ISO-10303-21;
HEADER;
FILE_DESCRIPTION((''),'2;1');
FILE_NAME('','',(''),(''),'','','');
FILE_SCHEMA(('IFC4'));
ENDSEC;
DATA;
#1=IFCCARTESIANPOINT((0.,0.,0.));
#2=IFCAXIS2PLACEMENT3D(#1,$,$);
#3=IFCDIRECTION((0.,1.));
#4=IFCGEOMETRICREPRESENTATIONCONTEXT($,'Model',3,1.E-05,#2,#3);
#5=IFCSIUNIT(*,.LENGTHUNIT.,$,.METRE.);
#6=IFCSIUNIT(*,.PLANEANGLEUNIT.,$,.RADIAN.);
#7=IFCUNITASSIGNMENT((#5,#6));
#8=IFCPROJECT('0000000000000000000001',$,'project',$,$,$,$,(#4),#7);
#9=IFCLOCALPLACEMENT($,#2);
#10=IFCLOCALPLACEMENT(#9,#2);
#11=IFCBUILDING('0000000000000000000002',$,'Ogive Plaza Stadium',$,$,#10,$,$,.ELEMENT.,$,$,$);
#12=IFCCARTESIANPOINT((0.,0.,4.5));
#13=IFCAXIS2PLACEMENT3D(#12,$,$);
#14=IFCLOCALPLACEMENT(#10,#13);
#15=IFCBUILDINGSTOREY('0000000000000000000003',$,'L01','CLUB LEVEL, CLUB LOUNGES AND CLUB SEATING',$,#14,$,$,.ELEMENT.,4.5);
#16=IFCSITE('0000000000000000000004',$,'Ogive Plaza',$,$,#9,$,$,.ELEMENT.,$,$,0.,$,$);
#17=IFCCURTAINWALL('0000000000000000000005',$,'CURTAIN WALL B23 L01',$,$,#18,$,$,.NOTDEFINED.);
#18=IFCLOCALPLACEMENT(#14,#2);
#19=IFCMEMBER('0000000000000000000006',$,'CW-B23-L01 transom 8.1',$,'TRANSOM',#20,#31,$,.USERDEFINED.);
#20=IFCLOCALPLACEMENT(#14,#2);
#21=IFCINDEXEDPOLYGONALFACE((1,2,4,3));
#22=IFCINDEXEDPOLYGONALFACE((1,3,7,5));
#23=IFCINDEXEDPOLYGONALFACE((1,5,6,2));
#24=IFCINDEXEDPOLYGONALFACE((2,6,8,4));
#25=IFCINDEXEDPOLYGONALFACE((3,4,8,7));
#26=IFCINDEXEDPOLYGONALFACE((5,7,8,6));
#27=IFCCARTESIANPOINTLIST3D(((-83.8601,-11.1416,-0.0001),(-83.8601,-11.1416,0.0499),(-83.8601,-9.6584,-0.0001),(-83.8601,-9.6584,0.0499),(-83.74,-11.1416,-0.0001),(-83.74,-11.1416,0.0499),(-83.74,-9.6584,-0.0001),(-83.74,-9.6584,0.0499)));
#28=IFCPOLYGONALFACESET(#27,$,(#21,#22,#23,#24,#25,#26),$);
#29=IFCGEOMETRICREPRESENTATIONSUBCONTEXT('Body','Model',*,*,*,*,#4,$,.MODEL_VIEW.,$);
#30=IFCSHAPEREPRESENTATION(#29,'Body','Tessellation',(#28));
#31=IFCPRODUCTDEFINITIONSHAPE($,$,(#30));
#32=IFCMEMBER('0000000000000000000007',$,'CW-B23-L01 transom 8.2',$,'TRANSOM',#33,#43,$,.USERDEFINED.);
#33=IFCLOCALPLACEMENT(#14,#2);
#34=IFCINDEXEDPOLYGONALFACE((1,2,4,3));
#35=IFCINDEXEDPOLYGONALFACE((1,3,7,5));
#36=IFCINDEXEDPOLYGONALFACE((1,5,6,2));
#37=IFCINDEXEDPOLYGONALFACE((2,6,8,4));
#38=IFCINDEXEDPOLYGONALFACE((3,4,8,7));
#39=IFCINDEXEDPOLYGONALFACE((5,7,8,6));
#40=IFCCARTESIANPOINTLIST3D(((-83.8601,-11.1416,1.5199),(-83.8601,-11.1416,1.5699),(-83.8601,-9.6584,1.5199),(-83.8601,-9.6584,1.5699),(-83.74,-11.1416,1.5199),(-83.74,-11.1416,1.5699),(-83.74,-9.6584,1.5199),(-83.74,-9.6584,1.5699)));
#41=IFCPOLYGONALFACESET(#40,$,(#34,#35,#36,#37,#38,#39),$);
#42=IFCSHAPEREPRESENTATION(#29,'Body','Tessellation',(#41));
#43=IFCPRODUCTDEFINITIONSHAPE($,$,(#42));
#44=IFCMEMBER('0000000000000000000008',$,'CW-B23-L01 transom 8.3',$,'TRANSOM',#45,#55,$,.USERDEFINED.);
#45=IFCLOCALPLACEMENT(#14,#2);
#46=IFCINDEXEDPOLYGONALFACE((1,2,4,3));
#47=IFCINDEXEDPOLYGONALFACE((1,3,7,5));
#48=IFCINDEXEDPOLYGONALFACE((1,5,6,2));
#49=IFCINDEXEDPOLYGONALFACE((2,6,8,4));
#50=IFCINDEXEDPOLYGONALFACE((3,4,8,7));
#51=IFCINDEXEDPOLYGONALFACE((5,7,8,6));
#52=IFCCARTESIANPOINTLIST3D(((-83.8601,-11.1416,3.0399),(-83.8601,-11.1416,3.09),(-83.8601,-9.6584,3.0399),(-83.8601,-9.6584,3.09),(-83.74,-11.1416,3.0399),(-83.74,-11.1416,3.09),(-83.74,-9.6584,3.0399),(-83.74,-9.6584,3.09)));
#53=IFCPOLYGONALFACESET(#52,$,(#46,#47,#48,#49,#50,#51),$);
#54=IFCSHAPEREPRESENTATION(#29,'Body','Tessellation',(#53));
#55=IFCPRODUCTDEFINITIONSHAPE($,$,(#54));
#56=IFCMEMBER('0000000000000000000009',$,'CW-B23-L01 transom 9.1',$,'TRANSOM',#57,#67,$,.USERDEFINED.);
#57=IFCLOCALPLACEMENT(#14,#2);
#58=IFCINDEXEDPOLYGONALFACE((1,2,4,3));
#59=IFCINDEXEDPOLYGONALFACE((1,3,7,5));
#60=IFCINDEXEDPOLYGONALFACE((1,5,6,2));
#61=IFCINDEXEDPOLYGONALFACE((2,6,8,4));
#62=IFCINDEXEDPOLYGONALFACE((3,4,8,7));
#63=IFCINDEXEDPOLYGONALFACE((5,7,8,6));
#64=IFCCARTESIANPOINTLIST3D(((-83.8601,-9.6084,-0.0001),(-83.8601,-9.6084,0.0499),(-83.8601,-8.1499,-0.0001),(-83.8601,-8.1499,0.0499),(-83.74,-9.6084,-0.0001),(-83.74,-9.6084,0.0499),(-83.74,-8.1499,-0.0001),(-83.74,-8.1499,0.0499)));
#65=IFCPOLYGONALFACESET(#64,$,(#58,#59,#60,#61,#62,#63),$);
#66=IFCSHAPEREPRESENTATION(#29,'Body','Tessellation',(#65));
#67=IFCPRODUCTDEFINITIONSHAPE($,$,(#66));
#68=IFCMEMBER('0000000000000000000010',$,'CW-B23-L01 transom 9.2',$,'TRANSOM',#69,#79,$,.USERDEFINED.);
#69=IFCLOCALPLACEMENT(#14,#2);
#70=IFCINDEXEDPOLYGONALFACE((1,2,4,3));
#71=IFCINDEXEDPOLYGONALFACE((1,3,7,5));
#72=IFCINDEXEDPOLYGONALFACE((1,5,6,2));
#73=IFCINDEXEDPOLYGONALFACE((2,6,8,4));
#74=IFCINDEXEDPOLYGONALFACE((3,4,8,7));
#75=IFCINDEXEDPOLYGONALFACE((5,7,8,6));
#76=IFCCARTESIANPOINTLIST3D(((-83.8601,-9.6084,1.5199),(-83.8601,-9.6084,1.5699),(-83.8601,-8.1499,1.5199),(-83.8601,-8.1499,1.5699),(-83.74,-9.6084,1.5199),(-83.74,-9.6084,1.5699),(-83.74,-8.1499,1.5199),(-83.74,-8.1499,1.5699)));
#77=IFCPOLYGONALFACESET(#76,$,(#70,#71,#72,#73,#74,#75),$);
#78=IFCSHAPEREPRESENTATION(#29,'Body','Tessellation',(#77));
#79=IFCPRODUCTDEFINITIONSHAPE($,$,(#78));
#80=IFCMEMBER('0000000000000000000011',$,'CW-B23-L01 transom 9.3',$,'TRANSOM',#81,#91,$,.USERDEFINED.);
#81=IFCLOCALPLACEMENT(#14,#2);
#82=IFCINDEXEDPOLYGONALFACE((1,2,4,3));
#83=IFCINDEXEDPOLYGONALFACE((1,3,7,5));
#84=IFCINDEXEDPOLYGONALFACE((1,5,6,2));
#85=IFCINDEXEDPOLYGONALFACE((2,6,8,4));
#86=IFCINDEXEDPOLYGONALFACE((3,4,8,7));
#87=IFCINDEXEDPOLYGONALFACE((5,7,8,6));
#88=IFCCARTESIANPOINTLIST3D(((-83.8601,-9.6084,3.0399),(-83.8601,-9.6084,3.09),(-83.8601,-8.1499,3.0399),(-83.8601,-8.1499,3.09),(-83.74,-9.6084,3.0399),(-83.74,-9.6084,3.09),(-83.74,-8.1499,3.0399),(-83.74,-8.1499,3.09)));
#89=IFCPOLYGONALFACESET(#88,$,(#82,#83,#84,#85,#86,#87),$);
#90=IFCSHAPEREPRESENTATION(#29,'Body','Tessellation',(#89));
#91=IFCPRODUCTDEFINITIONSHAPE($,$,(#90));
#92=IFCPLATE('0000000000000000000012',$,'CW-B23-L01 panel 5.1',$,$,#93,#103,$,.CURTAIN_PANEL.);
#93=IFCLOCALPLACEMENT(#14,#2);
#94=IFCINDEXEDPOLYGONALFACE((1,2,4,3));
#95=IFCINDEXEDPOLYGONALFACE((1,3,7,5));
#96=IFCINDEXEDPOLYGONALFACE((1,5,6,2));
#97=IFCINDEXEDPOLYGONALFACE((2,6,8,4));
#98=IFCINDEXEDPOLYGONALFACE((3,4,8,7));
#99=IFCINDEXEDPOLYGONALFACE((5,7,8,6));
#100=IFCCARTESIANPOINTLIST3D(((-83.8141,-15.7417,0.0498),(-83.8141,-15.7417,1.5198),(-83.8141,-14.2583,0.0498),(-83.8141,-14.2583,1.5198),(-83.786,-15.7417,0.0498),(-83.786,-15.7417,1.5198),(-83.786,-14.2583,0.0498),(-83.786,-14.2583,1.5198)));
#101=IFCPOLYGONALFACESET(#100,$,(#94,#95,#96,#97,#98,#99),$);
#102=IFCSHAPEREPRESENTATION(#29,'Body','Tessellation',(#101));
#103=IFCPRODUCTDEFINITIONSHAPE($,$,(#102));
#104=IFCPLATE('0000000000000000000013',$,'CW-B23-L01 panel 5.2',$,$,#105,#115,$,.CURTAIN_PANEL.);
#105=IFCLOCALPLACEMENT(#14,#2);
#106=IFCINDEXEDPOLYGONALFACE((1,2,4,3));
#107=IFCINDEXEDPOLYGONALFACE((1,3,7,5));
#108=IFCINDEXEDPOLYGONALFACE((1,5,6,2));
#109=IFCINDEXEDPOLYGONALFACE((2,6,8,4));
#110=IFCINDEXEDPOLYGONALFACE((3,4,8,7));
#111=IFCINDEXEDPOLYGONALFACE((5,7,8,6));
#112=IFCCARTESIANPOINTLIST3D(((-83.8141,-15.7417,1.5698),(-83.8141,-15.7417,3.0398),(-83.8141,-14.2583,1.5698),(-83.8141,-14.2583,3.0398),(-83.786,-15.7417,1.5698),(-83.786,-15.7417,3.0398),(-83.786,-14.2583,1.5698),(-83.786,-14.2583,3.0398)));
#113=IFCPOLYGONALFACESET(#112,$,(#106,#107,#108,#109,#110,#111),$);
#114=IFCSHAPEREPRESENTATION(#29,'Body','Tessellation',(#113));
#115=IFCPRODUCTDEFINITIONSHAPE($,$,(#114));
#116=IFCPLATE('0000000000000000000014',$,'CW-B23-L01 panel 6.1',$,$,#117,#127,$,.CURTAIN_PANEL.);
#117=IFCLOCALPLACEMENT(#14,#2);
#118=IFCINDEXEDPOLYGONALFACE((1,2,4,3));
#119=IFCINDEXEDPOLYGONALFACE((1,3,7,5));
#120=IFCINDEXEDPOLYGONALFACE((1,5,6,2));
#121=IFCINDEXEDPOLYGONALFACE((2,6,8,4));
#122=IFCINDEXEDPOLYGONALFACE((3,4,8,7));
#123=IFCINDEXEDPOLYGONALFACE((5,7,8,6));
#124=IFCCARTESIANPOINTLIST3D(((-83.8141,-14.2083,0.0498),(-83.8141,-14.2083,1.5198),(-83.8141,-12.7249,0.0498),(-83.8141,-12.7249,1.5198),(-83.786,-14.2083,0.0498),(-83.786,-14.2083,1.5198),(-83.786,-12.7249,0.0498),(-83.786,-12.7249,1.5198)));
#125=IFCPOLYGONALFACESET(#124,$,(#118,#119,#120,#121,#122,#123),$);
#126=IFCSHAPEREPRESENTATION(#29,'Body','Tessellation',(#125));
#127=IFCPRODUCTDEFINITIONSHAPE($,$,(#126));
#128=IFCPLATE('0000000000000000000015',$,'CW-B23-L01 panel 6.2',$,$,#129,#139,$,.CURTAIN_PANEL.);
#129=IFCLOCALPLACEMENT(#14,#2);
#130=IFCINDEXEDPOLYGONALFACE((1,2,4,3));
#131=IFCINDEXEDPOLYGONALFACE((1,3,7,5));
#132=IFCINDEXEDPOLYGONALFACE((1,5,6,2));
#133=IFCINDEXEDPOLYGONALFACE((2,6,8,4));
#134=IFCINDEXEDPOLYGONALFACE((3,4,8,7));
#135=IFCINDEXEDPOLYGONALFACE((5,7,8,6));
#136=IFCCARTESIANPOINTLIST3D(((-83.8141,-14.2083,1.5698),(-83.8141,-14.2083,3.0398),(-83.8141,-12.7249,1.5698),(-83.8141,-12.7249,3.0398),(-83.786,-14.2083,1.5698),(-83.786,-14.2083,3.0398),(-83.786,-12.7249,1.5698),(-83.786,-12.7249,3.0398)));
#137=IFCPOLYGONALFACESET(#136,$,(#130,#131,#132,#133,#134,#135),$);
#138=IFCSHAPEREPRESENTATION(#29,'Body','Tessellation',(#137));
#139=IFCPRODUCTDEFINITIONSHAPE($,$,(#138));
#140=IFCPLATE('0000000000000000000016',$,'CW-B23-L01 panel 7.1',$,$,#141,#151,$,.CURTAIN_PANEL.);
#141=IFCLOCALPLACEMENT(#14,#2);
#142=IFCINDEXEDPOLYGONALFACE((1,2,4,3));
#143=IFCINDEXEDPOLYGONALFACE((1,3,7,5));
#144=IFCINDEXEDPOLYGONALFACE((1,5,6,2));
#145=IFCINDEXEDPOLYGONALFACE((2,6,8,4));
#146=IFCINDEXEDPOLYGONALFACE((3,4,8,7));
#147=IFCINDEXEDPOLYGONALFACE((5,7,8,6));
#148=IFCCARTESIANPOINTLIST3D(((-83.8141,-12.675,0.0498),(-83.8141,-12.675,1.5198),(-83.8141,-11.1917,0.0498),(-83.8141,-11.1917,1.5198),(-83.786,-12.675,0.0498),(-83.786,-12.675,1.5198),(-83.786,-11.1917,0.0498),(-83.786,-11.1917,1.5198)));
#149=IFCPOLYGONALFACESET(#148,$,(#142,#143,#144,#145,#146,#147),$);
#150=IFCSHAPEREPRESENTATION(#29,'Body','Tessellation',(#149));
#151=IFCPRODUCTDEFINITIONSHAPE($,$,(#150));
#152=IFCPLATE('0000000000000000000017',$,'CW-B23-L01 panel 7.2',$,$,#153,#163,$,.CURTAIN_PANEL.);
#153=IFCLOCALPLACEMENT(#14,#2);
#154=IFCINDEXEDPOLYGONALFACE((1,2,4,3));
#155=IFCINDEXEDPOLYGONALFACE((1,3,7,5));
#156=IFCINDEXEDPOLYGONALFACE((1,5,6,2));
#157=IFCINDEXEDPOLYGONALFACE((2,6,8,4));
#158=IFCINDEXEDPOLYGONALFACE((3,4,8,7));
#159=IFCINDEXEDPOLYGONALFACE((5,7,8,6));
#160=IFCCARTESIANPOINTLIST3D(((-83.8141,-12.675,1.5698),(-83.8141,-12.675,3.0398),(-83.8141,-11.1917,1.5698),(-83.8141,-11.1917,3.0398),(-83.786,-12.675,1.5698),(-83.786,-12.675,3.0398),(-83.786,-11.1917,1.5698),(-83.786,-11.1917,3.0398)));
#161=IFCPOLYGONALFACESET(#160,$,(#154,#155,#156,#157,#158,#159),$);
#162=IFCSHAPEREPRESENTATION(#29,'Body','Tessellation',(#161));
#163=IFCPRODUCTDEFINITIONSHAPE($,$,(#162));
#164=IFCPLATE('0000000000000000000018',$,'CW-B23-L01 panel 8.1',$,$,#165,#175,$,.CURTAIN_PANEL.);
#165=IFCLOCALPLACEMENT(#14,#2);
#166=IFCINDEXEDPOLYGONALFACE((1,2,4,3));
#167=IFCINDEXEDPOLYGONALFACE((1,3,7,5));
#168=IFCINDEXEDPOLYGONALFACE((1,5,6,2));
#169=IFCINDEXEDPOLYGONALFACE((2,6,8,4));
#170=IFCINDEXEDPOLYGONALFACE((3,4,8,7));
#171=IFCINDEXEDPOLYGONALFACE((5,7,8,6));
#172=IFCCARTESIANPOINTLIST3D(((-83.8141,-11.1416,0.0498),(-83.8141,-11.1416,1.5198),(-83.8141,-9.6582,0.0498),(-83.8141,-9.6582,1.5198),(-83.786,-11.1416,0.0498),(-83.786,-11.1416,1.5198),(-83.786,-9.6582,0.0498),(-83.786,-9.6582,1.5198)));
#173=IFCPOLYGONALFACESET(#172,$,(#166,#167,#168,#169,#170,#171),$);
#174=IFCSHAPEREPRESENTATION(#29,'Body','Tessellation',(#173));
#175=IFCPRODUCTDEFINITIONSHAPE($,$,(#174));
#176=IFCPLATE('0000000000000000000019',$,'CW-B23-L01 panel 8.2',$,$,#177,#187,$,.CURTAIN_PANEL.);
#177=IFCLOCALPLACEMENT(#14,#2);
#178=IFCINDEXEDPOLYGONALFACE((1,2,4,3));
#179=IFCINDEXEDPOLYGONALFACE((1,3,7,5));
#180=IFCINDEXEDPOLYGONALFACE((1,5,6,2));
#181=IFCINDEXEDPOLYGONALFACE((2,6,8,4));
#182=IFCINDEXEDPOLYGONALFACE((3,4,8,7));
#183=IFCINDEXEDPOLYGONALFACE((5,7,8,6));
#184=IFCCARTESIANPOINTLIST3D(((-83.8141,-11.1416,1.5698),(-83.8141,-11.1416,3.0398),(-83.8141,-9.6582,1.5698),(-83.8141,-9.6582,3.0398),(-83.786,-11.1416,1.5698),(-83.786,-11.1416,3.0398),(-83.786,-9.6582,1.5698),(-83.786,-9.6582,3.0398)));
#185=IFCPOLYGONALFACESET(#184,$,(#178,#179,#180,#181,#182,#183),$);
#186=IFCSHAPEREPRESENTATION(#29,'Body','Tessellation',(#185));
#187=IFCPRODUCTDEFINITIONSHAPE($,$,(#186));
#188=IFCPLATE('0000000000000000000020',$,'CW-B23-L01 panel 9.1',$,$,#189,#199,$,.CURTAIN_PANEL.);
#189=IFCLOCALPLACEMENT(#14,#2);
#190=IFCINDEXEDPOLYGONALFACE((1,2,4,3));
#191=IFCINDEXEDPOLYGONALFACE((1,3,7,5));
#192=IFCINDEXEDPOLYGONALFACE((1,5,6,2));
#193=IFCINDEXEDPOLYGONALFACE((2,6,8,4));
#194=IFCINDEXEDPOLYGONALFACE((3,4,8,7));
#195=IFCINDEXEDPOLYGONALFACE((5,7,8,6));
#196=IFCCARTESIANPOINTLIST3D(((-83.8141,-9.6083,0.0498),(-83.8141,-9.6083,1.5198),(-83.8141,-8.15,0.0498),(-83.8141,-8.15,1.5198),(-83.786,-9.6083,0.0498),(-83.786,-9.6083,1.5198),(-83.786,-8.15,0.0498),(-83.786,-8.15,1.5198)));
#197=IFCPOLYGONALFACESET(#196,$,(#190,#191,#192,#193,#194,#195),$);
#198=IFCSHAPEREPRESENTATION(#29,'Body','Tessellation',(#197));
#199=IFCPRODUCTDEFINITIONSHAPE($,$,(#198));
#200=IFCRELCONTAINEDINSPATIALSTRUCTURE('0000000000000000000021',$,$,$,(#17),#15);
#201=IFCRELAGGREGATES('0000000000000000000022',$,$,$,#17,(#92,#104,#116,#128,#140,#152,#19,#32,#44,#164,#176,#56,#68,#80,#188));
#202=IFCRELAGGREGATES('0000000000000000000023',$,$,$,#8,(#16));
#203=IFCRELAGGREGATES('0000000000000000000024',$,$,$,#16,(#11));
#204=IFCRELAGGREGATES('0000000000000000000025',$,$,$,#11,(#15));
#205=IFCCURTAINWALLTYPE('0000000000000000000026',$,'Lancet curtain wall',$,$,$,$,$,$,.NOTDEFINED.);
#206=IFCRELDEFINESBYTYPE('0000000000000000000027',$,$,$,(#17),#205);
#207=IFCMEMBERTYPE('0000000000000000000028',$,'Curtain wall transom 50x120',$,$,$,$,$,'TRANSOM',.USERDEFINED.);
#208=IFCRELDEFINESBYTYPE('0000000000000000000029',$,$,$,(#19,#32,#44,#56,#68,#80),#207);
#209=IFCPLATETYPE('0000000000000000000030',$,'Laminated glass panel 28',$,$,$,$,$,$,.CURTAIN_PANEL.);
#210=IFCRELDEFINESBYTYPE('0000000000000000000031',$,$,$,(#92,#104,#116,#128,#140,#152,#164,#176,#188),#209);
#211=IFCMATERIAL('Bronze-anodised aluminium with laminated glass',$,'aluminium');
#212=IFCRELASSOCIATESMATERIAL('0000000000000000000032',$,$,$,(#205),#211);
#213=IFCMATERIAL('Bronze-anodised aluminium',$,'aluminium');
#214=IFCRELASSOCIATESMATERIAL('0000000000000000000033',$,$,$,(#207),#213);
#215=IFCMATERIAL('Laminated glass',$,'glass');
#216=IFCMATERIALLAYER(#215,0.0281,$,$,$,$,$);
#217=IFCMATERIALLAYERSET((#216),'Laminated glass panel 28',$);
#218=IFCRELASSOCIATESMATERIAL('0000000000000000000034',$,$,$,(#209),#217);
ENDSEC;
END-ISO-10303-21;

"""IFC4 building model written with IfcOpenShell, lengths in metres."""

from ifc_helpers import new_model, si_unit, direction, frame, origin, origin_2d, place, context, subcontext, project, spatial, rectangle, extrude, material, layer, layer_set, material_profile, profile_set, type_object, element, aggregate, save


model = new_model("IFC4")

# Units and contexts
model_context = context("Model", 3, precision=1e-05, world=origin(), true_north=direction((0.0, 1.0)))
body_context = subcontext(model_context, "Body", "Model", "MODEL_VIEW")
ifc_project = project(units=[si_unit("LENGTHUNIT", "METRE"), si_unit("PLANEANGLEUNIT", "RADIAN")], contexts=[model_context])

# Site, building, storey
site_placement = place(None, origin())
site = spatial("IfcSite", under=ifc_project, at=site_placement, Name="Ogive Plaza", CompositionType="ELEMENT", RefElevation=0.0)
building_placement = place(site_placement, origin())
building = spatial("IfcBuilding", under=site, at=building_placement, Name="Ogive Plaza Stadium", CompositionType="ELEMENT")
storey_placement = place(building_placement, frame((0.0, 0.0, 4.5)))
storey = spatial("IfcBuildingStorey", under=building, at=storey_placement, Name="L01", Description="CLUB LEVEL, CLUB LOUNGES AND CLUB SEATING", CompositionType="ELEMENT", Elevation=4.5)

# Curtain wall, members, plates
ifc_material_1 = material(Name="Bronze-anodised aluminium with laminated glass", Category="aluminium")
curtain_wall_type = type_object("IfcCurtainWallType", Name="Lancet curtain wall", PredefinedType="NOTDEFINED", material=ifc_material_1)
curtain_wall_placement = place(storey_placement, origin())
curtain_wall = element("IfcCurtainWall", 1, at=curtain_wall_placement, inside=storey, type_object=curtain_wall_type, Name="CURTAIN WALL B23 L01", PredefinedType="NOTDEFINED")
ifc_material_2 = material(Name="Bronze-anodised aluminium", Category="aluminium")
ifc_material_profile_1 = material_profile(ifc_material_2, rectangle(XDim=0.1201, YDim=0.05, at=origin_2d()), Name="AL 120x50")
ifc_profile_set_1 = profile_set([ifc_material_profile_1], Name="Bronze-anodised aluminium")
member_type_1 = type_object("IfcMemberType", Name="Curtain wall transom 50x120", ElementType="TRANSOM", PredefinedType="USERDEFINED", material=ifc_profile_set_1)
member_1_placement = place(storey_placement, frame((-83.8, -11.1416, 0.0249), z_axis=(0.0, 1.0, 0.0), x_axis=(-1.0, 0.0, 0.0)))
member_1 = element("IfcMember", 2, at=member_1_placement, type_object=member_type_1, Name="CW-B23-L01 transom 8.1", ObjectType="TRANSOM", PredefinedType="USERDEFINED", context=body_context, shape_type="SweptSolid", body=[
    extrude(rectangle(XDim=0.1201, YDim=0.05, at=origin_2d()), origin(), (0.0, 0.0, 1.0), 1.4832),
])
member_2_placement = place(storey_placement, frame((-83.8, -11.1416, 1.5449), z_axis=(0.0, 1.0, 0.0), x_axis=(-1.0, 0.0, 0.0)))
member_2 = element("IfcMember", 3, at=member_2_placement, type_object=member_type_1, Name="CW-B23-L01 transom 8.2", ObjectType="TRANSOM", PredefinedType="USERDEFINED", context=body_context, shape_type="SweptSolid", body=[
    extrude(rectangle(XDim=0.1201, YDim=0.05, at=origin_2d()), origin(), (0.0, 0.0, 1.0), 1.4832),
])
member_3_placement = place(storey_placement, frame((-83.8, -11.1416, 3.0649), z_axis=(0.0, 1.0, 0.0), x_axis=(-1.0, 0.0, 0.0)))
member_3 = element("IfcMember", 4, at=member_3_placement, type_object=member_type_1, Name="CW-B23-L01 transom 8.3", ObjectType="TRANSOM", PredefinedType="USERDEFINED", context=body_context, shape_type="SweptSolid", body=[
    extrude(rectangle(XDim=0.1201, YDim=0.05, at=origin_2d()), origin(), (0.0, 0.0, 1.0), 1.4832),
])
member_4_placement = place(storey_placement, frame((-83.8, -9.6084, 0.0249), z_axis=(0.0, 1.0, 0.0), x_axis=(-1.0, 0.0, 0.0)))
member_4 = element("IfcMember", 5, at=member_4_placement, type_object=member_type_1, Name="CW-B23-L01 transom 9.1", ObjectType="TRANSOM", PredefinedType="USERDEFINED", context=body_context, shape_type="SweptSolid", body=[
    extrude(rectangle(XDim=0.1201, YDim=0.05, at=origin_2d()), origin(), (0.0, 0.0, 1.0), 1.4585),
])
member_5_placement = place(storey_placement, frame((-83.8, -9.6084, 1.5449), z_axis=(0.0, 1.0, 0.0), x_axis=(-1.0, 0.0, 0.0)))
member_5 = element("IfcMember", 6, at=member_5_placement, type_object=member_type_1, Name="CW-B23-L01 transom 9.2", ObjectType="TRANSOM", PredefinedType="USERDEFINED", context=body_context, shape_type="SweptSolid", body=[
    extrude(rectangle(XDim=0.1201, YDim=0.05, at=origin_2d()), origin(), (0.0, 0.0, 1.0), 1.4585),
])
member_6_placement = place(storey_placement, frame((-83.8, -9.6084, 3.0649), z_axis=(0.0, 1.0, 0.0), x_axis=(-1.0, 0.0, 0.0)))
member_6 = element("IfcMember", 7, at=member_6_placement, type_object=member_type_1, Name="CW-B23-L01 transom 9.3", ObjectType="TRANSOM", PredefinedType="USERDEFINED", context=body_context, shape_type="SweptSolid", body=[
    extrude(rectangle(XDim=0.1201, YDim=0.05, at=origin_2d()), origin(), (0.0, 0.0, 1.0), 1.4585),
])
ifc_material_3 = material(Name="Laminated glass", Category="glass")
ifc_layer_1 = layer(ifc_material_3, 0.0281)
ifc_layer_set_1 = layer_set([ifc_layer_1], Name="Laminated glass panel 28")
plate_type = type_object("IfcPlateType", Name="Laminated glass panel 28", PredefinedType="CURTAIN_PANEL", material=ifc_layer_set_1)
plate_1_placement = place(storey_placement, frame((-83.8, -15.0, 0.0498), z_axis=(0.0, 0.0, 1.0), x_axis=(0.0, 1.0, 0.0)))
plate_1 = element("IfcPlate", 8, at=plate_1_placement, type_object=plate_type, Name="CW-B23-L01 panel 5.1", PredefinedType="CURTAIN_PANEL", context=body_context, shape_type="SweptSolid", body=[
    extrude(rectangle(XDim=1.4834, YDim=0.0281, at=origin_2d()), origin(), (0.0, 0.0, 1.0), 1.47),
])
plate_2_placement = place(storey_placement, frame((-83.8, -15.0, 1.5698), z_axis=(0.0, 0.0, 1.0), x_axis=(0.0, 1.0, 0.0)))
plate_2 = element("IfcPlate", 9, at=plate_2_placement, type_object=plate_type, Name="CW-B23-L01 panel 5.2", PredefinedType="CURTAIN_PANEL", context=body_context, shape_type="SweptSolid", body=[
    extrude(rectangle(XDim=1.4834, YDim=0.0281, at=origin_2d()), origin(), (0.0, 0.0, 1.0), 1.47),
])
plate_3_placement = place(storey_placement, frame((-83.8, -13.4666, 0.0498), z_axis=(0.0, 0.0, 1.0), x_axis=(0.0, 1.0, 0.0)))
plate_3 = element("IfcPlate", 10, at=plate_3_placement, type_object=plate_type, Name="CW-B23-L01 panel 6.1", PredefinedType="CURTAIN_PANEL", context=body_context, shape_type="SweptSolid", body=[
    extrude(rectangle(XDim=1.4834, YDim=0.0281, at=origin_2d()), origin(), (0.0, 0.0, 1.0), 1.47),
])
plate_4_placement = place(storey_placement, frame((-83.8, -13.4666, 1.5698), z_axis=(0.0, 0.0, 1.0), x_axis=(0.0, 1.0, 0.0)))
plate_4 = element("IfcPlate", 11, at=plate_4_placement, type_object=plate_type, Name="CW-B23-L01 panel 6.2", PredefinedType="CURTAIN_PANEL", context=body_context, shape_type="SweptSolid", body=[
    extrude(rectangle(XDim=1.4834, YDim=0.0281, at=origin_2d()), origin(), (0.0, 0.0, 1.0), 1.47),
])
plate_5_placement = place(storey_placement, frame((-83.8, -11.9333, 0.0498), z_axis=(0.0, 0.0, 1.0), x_axis=(0.0, 1.0, 0.0)))
plate_5 = element("IfcPlate", 12, at=plate_5_placement, type_object=plate_type, Name="CW-B23-L01 panel 7.1", PredefinedType="CURTAIN_PANEL", context=body_context, shape_type="SweptSolid", body=[
    extrude(rectangle(XDim=1.4834, YDim=0.0281, at=origin_2d()), origin(), (0.0, 0.0, 1.0), 1.47),
])
plate_6_placement = place(storey_placement, frame((-83.8, -11.9333, 1.5698), z_axis=(0.0, 0.0, 1.0), x_axis=(0.0, 1.0, 0.0)))
plate_6 = element("IfcPlate", 13, at=plate_6_placement, type_object=plate_type, Name="CW-B23-L01 panel 7.2", PredefinedType="CURTAIN_PANEL", context=body_context, shape_type="SweptSolid", body=[
    extrude(rectangle(XDim=1.4834, YDim=0.0281, at=origin_2d()), origin(), (0.0, 0.0, 1.0), 1.47),
])
plate_7_placement = place(storey_placement, frame((-83.8, -10.3999, 0.0498), z_axis=(0.0, 0.0, 1.0), x_axis=(0.0, 1.0, 0.0)))
plate_7 = element("IfcPlate", 14, at=plate_7_placement, type_object=plate_type, Name="CW-B23-L01 panel 8.1", PredefinedType="CURTAIN_PANEL", context=body_context, shape_type="SweptSolid", body=[
    extrude(rectangle(XDim=1.4834, YDim=0.0281, at=origin_2d()), origin(), (0.0, 0.0, 1.0), 1.47),
])
plate_8_placement = place(storey_placement, frame((-83.8, -10.3999, 1.5698), z_axis=(0.0, 0.0, 1.0), x_axis=(0.0, 1.0, 0.0)))
plate_8 = element("IfcPlate", 15, at=plate_8_placement, type_object=plate_type, Name="CW-B23-L01 panel 8.2", PredefinedType="CURTAIN_PANEL", context=body_context, shape_type="SweptSolid", body=[
    extrude(rectangle(XDim=1.4834, YDim=0.0281, at=origin_2d()), origin(), (0.0, 0.0, 1.0), 1.47),
])
plate_9_placement = place(storey_placement, frame((-83.8, -8.8792, 0.0498), z_axis=(0.0, 0.0, 1.0), x_axis=(0.0, 1.0, 0.0)))
plate_9 = element("IfcPlate", 16, at=plate_9_placement, type_object=plate_type, Name="CW-B23-L01 panel 9.1", PredefinedType="CURTAIN_PANEL", context=body_context, shape_type="SweptSolid", body=[
    extrude(rectangle(XDim=1.4583, YDim=0.0281, at=origin_2d()), origin(), (0.0, 0.0, 1.0), 1.47),
])
aggregate(curtain_wall, [plate_1, plate_2, plate_3, plate_4, plate_5, plate_6, member_1, member_2, member_3, plate_7, plate_8, member_4, member_5, member_6, plate_9])

save(model, "model.ifc")
